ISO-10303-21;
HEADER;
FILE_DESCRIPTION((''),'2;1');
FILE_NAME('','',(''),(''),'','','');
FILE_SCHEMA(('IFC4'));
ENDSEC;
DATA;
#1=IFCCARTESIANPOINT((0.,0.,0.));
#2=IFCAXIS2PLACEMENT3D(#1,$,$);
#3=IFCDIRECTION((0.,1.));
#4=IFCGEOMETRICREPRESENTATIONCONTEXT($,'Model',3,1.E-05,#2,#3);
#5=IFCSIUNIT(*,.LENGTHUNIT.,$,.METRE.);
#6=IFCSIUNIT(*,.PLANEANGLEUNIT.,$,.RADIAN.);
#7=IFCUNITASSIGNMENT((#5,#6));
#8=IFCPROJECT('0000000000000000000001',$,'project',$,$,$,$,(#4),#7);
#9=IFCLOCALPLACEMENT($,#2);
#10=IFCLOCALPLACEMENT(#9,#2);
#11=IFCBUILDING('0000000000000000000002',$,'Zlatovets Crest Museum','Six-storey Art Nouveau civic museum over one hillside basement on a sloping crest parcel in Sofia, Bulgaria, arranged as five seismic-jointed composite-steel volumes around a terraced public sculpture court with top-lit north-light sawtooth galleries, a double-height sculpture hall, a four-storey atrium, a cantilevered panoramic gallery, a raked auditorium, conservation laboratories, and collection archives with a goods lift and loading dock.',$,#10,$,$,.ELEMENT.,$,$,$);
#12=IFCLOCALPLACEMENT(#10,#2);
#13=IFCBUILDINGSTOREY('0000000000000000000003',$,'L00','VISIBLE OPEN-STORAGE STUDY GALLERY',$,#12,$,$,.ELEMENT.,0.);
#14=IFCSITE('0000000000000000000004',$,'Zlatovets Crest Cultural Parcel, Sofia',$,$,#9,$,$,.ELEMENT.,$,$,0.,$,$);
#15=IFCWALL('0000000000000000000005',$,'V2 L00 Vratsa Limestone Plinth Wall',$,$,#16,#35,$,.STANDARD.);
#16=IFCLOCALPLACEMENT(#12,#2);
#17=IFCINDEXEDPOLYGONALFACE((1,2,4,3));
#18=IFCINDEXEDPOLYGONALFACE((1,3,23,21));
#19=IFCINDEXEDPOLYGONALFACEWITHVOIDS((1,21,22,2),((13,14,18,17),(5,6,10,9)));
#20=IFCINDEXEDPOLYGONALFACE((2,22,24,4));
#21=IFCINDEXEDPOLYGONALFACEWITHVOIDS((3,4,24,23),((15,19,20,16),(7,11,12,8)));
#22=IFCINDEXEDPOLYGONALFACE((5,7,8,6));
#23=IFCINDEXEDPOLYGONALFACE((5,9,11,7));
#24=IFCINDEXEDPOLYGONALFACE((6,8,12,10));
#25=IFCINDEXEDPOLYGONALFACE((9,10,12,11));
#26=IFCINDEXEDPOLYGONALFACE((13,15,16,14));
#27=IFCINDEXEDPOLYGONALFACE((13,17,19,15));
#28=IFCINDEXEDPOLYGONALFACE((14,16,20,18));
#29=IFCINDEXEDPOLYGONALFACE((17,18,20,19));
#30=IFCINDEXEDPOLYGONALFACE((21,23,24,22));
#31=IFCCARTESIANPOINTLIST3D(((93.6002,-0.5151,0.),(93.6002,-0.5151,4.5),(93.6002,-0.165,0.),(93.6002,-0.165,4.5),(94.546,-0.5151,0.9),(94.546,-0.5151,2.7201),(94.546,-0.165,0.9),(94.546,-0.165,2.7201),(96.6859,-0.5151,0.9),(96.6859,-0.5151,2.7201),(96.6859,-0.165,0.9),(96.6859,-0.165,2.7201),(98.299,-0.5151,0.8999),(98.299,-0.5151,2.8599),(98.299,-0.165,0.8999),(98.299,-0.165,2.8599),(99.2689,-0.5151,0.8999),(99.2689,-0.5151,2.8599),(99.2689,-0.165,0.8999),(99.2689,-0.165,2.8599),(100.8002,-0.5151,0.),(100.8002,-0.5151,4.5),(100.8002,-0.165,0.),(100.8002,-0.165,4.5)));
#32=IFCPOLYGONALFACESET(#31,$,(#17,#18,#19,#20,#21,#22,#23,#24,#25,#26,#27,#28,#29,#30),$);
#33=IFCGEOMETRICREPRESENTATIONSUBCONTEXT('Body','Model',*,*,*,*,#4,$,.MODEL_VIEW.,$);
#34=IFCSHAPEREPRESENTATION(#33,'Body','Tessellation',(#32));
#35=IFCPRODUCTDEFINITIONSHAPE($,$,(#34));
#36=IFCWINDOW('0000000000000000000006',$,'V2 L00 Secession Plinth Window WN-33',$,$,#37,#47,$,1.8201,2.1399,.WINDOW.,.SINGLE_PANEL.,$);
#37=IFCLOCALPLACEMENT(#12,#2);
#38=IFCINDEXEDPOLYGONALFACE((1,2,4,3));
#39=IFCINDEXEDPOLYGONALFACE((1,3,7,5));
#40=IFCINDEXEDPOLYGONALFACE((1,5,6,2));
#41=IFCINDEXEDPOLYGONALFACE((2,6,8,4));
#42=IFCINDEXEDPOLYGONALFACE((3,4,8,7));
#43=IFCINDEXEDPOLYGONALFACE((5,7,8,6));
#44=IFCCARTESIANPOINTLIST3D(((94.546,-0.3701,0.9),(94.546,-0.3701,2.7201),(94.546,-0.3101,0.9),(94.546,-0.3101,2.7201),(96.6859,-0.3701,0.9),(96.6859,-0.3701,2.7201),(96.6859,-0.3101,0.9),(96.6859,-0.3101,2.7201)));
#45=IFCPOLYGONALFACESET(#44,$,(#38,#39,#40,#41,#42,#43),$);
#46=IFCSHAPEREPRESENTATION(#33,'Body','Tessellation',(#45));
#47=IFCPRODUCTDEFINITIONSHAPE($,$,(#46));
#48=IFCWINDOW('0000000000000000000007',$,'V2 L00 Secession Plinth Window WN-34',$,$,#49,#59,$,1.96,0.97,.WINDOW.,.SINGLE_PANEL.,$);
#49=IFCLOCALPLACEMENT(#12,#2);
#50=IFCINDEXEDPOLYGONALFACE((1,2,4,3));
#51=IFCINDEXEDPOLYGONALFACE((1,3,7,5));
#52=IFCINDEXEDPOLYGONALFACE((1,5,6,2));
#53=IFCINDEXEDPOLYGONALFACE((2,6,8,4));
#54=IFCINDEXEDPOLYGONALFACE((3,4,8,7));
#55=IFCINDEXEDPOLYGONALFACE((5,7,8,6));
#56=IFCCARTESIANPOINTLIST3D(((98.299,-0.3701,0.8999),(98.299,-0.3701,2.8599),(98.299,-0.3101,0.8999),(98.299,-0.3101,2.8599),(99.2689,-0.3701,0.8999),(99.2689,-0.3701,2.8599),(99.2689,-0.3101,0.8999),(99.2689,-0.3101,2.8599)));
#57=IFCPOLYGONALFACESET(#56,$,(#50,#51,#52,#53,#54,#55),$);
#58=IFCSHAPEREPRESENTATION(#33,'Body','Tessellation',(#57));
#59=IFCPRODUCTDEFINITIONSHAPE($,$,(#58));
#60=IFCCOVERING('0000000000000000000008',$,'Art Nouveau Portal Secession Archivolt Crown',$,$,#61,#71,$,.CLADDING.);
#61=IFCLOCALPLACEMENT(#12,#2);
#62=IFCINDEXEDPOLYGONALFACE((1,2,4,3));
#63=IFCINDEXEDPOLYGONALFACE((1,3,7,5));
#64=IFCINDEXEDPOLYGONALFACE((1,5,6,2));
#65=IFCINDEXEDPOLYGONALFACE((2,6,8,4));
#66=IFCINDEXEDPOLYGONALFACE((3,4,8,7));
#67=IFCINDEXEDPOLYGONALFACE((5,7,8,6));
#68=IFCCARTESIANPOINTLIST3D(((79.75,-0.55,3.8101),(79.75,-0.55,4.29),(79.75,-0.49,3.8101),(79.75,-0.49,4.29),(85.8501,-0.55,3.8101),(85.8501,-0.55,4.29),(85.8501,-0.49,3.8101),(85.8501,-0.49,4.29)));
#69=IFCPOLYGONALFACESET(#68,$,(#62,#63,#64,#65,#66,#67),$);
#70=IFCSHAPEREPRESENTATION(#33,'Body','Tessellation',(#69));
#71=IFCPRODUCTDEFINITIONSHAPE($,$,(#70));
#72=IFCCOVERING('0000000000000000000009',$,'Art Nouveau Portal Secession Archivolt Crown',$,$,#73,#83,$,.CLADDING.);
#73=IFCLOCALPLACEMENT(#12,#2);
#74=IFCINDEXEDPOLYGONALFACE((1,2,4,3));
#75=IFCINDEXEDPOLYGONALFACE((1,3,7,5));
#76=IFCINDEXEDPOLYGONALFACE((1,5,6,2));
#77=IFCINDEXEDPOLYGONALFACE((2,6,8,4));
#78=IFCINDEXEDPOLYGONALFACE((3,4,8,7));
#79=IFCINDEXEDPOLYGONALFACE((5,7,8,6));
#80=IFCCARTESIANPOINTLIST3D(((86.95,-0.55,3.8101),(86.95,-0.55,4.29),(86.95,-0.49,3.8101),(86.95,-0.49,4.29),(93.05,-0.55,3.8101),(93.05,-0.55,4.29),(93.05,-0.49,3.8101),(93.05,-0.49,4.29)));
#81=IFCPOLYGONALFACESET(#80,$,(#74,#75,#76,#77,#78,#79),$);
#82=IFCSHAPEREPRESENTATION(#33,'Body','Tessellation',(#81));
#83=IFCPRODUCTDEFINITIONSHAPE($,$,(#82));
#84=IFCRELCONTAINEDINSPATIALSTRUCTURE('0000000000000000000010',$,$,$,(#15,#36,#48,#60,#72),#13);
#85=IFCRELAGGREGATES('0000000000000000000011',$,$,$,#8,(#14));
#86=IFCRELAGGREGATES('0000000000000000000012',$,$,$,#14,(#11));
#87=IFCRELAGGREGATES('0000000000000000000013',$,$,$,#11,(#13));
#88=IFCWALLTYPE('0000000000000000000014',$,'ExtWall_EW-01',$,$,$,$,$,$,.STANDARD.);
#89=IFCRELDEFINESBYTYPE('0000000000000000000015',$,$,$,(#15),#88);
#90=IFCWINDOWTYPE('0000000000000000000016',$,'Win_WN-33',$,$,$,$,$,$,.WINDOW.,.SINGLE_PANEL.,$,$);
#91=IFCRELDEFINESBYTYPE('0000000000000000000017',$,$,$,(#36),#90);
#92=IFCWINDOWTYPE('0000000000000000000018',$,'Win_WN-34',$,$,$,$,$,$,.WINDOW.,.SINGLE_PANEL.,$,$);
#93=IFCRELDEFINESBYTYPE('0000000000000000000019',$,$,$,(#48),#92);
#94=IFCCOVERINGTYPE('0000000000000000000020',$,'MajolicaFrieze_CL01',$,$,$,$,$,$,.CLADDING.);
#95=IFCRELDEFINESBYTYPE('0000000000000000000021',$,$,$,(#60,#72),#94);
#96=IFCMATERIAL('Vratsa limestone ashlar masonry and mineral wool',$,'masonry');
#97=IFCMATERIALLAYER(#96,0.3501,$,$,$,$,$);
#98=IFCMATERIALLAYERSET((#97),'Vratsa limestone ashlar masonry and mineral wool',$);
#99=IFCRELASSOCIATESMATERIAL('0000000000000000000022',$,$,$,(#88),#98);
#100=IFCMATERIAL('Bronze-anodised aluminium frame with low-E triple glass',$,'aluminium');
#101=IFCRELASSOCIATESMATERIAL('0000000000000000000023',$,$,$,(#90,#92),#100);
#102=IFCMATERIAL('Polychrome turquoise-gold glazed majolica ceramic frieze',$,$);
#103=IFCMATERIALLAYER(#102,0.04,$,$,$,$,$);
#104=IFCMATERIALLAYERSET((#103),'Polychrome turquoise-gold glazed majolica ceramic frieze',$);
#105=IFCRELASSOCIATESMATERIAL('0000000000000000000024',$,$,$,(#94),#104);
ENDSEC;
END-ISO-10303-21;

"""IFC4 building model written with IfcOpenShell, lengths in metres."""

from ifc_helpers import new_model, si_unit, direction, frame, frame_2d, origin, origin_2d, place, context, subcontext, project, spatial, rectangle, extrude, material, layer, layer_set, type_object, element, fill, save


model = new_model("IFC4")

# Units and contexts
model_context = context("Model", 3, precision=1e-05, world=origin(), true_north=direction((0.0, 1.0)))
body_context = subcontext(model_context, "Body", "Model", "MODEL_VIEW")
ifc_project = project(units=[si_unit("LENGTHUNIT", "METRE"), si_unit("PLANEANGLEUNIT", "RADIAN")], contexts=[model_context])

# Site, building, storey
site_placement = place(None, origin())
site = spatial("IfcSite", under=ifc_project, at=site_placement, Name="Zlatovets Crest Cultural Parcel, Sofia", CompositionType="ELEMENT", RefElevation=0.0)
building_placement = place(site_placement, origin())
building = spatial("IfcBuilding", under=site, at=building_placement, Name="Zlatovets Crest Museum", Description="Six-storey Art Nouveau civic museum over one hillside basement on a sloping crest parcel in Sofia, Bulgaria, arranged as five seismic-jointed composite-steel volumes around a terraced public sculpture court with top-lit north-light sawtooth galleries, a double-height sculpture hall, a four-storey atrium, a cantilevered panoramic gallery, a raked auditorium, conservation laboratories, and collection archives with a goods lift and loading dock.", CompositionType="ELEMENT")
storey_placement = place(building_placement, origin())
storey = spatial("IfcBuildingStorey", under=building, at=storey_placement, Name="L00", Description="VISIBLE OPEN-STORAGE STUDY GALLERY", CompositionType="ELEMENT", Elevation=0.0)

# Shared definitions
ifc_material_1 = material(Name="Vratsa limestone ashlar masonry and mineral wool", Category="masonry")
ifc_layer_1 = layer(ifc_material_1, 0.3501)
ifc_layer_set_1 = layer_set([ifc_layer_1], Name="Vratsa limestone ashlar masonry and mineral wool")
wall_type = type_object("IfcWallType", Name="ExtWall_EW-01", PredefinedType="STANDARD", material=ifc_layer_set_1)
ifc_material_2 = material(Name="Bronze-anodised aluminium frame with low-E triple glass", Category="aluminium")

# Wall, openings, windows
wall_1_placement = place(storey_placement, frame((93.6001, -0.3401, 0.0), z_axis=(0.0, 0.0, 1.0), x_axis=(1.0, 0.0, 0.0)))
wall_1 = element("IfcWall", 1, at=wall_1_placement, inside=storey, type_object=wall_type, Name="V2 L00 Vratsa Limestone Plinth Wall", PredefinedType="STANDARD", context=body_context, shape_type="SweptSolid", body=[
    extrude(rectangle(XDim=7.2, YDim=0.3501, at=frame_2d((3.6001, 0.0))), origin(), (0.0, 0.0, 1.0), 4.5),
])
opening_1_placement = place(wall_1_placement, frame((0.946, 0.0, 0.8999)))
opening_1 = element("IfcOpeningElement", 2, at=opening_1_placement, cuts=wall_1, PredefinedType="OPENING", context=body_context, shape_type="SweptSolid", body=[
    extrude(rectangle(XDim=2.1399, YDim=1.8201, at=frame_2d((1.0698, 0.9102))), frame((0.0, 0.1851, 0.0), z_axis=(0.0, -1.0, 0.0), x_axis=(1.0, 0.0, 0.0)), (0.0, 0.0, 1.0), 0.3701),
])
opening_2_placement = place(wall_1_placement, frame((4.699, 0.0, 0.8999)))
opening_2 = element("IfcOpeningElement", 3, at=opening_2_placement, cuts=wall_1, PredefinedType="OPENING", context=body_context, shape_type="SweptSolid", body=[
    extrude(rectangle(XDim=0.97, YDim=1.96, at=frame_2d((0.4849, 0.98))), frame((0.0, 0.1851, 0.0), z_axis=(0.0, -1.0, 0.0), x_axis=(1.0, 0.0, 0.0)), (0.0, 0.0, 1.0), 0.3701),
])
window_type_1 = type_object("IfcWindowType", Name="Win_WN-33", PartitioningType="SINGLE_PANEL", PredefinedType="WINDOW", material=ifc_material_2)
window_1_placement = place(opening_1_placement, origin())
window_1 = element("IfcWindow", 4, at=window_1_placement, inside=storey, type_object=window_type_1, Name="V2 L00 Secession Plinth Window WN-33", OverallHeight=1.8201, OverallWidth=2.1399, PartitioningType="SINGLE_PANEL", PredefinedType="WINDOW", context=body_context, shape_type="SweptSolid", body=[
    extrude(rectangle(XDim=2.1399, YDim=1.8201, at=frame_2d((1.0698, 0.9102))), frame((0.0, 0.03, 0.0), z_axis=(0.0, -1.0, 0.0), x_axis=(1.0, 0.0, 0.0)), (0.0, 0.0, 1.0), 0.0601),
])
fill(opening_1, window_1)
window_type_2 = type_object("IfcWindowType", Name="Win_WN-34", PartitioningType="SINGLE_PANEL", PredefinedType="WINDOW", material=ifc_material_2)
window_2_placement = place(opening_2_placement, origin())
window_2 = element("IfcWindow", 5, at=window_2_placement, inside=storey, type_object=window_type_2, Name="V2 L00 Secession Plinth Window WN-34", OverallHeight=1.96, OverallWidth=0.97, PartitioningType="SINGLE_PANEL", PredefinedType="WINDOW", context=body_context, shape_type="SweptSolid", body=[
    extrude(rectangle(XDim=0.97, YDim=1.96, at=frame_2d((0.4849, 0.98))), frame((0.0, 0.03, 0.0), z_axis=(0.0, -1.0, 0.0), x_axis=(1.0, 0.0, 0.0)), (0.0, 0.0, 1.0), 0.0601),
])
fill(opening_2, window_2)

# Coverings
ifc_material_3 = material(Name="Polychrome turquoise-gold glazed majolica ceramic frieze")
ifc_layer_2 = layer(ifc_material_3, 0.04)
ifc_layer_set_2 = layer_set([ifc_layer_2], Name="Polychrome turquoise-gold glazed majolica ceramic frieze")
covering_type = type_object("IfcCoveringType", Name="MajolicaFrieze_CL01", PredefinedType="CLADDING", material=ifc_layer_set_2)
for number, where, z_axis, x_axis, name in (
    (6, (82.8, -0.52, 3.8101), (0.0, 0.0, 1.0), (1.0, 0.0, 0.0), "Art Nouveau Portal Secession Archivolt Crown"),
    (7, (90.0, -0.52, 3.8101), (0.0, 0.0, 1.0), (1.0, 0.0, 0.0), "Art Nouveau Portal Secession Archivolt Crown"),
):
    element("IfcCovering", number, at=place(storey_placement, frame(where, z_axis=z_axis, x_axis=x_axis)), inside=storey, type_object=covering_type, Name=name, PredefinedType="CLADDING", context=body_context, shape_type="SweptSolid", body=[
        extrude(rectangle(XDim=6.1001, YDim=0.0601, at=origin_2d()), origin(), (0.0, 0.0, 1.0), 0.48),
    ])

save(model, "model.ifc")
